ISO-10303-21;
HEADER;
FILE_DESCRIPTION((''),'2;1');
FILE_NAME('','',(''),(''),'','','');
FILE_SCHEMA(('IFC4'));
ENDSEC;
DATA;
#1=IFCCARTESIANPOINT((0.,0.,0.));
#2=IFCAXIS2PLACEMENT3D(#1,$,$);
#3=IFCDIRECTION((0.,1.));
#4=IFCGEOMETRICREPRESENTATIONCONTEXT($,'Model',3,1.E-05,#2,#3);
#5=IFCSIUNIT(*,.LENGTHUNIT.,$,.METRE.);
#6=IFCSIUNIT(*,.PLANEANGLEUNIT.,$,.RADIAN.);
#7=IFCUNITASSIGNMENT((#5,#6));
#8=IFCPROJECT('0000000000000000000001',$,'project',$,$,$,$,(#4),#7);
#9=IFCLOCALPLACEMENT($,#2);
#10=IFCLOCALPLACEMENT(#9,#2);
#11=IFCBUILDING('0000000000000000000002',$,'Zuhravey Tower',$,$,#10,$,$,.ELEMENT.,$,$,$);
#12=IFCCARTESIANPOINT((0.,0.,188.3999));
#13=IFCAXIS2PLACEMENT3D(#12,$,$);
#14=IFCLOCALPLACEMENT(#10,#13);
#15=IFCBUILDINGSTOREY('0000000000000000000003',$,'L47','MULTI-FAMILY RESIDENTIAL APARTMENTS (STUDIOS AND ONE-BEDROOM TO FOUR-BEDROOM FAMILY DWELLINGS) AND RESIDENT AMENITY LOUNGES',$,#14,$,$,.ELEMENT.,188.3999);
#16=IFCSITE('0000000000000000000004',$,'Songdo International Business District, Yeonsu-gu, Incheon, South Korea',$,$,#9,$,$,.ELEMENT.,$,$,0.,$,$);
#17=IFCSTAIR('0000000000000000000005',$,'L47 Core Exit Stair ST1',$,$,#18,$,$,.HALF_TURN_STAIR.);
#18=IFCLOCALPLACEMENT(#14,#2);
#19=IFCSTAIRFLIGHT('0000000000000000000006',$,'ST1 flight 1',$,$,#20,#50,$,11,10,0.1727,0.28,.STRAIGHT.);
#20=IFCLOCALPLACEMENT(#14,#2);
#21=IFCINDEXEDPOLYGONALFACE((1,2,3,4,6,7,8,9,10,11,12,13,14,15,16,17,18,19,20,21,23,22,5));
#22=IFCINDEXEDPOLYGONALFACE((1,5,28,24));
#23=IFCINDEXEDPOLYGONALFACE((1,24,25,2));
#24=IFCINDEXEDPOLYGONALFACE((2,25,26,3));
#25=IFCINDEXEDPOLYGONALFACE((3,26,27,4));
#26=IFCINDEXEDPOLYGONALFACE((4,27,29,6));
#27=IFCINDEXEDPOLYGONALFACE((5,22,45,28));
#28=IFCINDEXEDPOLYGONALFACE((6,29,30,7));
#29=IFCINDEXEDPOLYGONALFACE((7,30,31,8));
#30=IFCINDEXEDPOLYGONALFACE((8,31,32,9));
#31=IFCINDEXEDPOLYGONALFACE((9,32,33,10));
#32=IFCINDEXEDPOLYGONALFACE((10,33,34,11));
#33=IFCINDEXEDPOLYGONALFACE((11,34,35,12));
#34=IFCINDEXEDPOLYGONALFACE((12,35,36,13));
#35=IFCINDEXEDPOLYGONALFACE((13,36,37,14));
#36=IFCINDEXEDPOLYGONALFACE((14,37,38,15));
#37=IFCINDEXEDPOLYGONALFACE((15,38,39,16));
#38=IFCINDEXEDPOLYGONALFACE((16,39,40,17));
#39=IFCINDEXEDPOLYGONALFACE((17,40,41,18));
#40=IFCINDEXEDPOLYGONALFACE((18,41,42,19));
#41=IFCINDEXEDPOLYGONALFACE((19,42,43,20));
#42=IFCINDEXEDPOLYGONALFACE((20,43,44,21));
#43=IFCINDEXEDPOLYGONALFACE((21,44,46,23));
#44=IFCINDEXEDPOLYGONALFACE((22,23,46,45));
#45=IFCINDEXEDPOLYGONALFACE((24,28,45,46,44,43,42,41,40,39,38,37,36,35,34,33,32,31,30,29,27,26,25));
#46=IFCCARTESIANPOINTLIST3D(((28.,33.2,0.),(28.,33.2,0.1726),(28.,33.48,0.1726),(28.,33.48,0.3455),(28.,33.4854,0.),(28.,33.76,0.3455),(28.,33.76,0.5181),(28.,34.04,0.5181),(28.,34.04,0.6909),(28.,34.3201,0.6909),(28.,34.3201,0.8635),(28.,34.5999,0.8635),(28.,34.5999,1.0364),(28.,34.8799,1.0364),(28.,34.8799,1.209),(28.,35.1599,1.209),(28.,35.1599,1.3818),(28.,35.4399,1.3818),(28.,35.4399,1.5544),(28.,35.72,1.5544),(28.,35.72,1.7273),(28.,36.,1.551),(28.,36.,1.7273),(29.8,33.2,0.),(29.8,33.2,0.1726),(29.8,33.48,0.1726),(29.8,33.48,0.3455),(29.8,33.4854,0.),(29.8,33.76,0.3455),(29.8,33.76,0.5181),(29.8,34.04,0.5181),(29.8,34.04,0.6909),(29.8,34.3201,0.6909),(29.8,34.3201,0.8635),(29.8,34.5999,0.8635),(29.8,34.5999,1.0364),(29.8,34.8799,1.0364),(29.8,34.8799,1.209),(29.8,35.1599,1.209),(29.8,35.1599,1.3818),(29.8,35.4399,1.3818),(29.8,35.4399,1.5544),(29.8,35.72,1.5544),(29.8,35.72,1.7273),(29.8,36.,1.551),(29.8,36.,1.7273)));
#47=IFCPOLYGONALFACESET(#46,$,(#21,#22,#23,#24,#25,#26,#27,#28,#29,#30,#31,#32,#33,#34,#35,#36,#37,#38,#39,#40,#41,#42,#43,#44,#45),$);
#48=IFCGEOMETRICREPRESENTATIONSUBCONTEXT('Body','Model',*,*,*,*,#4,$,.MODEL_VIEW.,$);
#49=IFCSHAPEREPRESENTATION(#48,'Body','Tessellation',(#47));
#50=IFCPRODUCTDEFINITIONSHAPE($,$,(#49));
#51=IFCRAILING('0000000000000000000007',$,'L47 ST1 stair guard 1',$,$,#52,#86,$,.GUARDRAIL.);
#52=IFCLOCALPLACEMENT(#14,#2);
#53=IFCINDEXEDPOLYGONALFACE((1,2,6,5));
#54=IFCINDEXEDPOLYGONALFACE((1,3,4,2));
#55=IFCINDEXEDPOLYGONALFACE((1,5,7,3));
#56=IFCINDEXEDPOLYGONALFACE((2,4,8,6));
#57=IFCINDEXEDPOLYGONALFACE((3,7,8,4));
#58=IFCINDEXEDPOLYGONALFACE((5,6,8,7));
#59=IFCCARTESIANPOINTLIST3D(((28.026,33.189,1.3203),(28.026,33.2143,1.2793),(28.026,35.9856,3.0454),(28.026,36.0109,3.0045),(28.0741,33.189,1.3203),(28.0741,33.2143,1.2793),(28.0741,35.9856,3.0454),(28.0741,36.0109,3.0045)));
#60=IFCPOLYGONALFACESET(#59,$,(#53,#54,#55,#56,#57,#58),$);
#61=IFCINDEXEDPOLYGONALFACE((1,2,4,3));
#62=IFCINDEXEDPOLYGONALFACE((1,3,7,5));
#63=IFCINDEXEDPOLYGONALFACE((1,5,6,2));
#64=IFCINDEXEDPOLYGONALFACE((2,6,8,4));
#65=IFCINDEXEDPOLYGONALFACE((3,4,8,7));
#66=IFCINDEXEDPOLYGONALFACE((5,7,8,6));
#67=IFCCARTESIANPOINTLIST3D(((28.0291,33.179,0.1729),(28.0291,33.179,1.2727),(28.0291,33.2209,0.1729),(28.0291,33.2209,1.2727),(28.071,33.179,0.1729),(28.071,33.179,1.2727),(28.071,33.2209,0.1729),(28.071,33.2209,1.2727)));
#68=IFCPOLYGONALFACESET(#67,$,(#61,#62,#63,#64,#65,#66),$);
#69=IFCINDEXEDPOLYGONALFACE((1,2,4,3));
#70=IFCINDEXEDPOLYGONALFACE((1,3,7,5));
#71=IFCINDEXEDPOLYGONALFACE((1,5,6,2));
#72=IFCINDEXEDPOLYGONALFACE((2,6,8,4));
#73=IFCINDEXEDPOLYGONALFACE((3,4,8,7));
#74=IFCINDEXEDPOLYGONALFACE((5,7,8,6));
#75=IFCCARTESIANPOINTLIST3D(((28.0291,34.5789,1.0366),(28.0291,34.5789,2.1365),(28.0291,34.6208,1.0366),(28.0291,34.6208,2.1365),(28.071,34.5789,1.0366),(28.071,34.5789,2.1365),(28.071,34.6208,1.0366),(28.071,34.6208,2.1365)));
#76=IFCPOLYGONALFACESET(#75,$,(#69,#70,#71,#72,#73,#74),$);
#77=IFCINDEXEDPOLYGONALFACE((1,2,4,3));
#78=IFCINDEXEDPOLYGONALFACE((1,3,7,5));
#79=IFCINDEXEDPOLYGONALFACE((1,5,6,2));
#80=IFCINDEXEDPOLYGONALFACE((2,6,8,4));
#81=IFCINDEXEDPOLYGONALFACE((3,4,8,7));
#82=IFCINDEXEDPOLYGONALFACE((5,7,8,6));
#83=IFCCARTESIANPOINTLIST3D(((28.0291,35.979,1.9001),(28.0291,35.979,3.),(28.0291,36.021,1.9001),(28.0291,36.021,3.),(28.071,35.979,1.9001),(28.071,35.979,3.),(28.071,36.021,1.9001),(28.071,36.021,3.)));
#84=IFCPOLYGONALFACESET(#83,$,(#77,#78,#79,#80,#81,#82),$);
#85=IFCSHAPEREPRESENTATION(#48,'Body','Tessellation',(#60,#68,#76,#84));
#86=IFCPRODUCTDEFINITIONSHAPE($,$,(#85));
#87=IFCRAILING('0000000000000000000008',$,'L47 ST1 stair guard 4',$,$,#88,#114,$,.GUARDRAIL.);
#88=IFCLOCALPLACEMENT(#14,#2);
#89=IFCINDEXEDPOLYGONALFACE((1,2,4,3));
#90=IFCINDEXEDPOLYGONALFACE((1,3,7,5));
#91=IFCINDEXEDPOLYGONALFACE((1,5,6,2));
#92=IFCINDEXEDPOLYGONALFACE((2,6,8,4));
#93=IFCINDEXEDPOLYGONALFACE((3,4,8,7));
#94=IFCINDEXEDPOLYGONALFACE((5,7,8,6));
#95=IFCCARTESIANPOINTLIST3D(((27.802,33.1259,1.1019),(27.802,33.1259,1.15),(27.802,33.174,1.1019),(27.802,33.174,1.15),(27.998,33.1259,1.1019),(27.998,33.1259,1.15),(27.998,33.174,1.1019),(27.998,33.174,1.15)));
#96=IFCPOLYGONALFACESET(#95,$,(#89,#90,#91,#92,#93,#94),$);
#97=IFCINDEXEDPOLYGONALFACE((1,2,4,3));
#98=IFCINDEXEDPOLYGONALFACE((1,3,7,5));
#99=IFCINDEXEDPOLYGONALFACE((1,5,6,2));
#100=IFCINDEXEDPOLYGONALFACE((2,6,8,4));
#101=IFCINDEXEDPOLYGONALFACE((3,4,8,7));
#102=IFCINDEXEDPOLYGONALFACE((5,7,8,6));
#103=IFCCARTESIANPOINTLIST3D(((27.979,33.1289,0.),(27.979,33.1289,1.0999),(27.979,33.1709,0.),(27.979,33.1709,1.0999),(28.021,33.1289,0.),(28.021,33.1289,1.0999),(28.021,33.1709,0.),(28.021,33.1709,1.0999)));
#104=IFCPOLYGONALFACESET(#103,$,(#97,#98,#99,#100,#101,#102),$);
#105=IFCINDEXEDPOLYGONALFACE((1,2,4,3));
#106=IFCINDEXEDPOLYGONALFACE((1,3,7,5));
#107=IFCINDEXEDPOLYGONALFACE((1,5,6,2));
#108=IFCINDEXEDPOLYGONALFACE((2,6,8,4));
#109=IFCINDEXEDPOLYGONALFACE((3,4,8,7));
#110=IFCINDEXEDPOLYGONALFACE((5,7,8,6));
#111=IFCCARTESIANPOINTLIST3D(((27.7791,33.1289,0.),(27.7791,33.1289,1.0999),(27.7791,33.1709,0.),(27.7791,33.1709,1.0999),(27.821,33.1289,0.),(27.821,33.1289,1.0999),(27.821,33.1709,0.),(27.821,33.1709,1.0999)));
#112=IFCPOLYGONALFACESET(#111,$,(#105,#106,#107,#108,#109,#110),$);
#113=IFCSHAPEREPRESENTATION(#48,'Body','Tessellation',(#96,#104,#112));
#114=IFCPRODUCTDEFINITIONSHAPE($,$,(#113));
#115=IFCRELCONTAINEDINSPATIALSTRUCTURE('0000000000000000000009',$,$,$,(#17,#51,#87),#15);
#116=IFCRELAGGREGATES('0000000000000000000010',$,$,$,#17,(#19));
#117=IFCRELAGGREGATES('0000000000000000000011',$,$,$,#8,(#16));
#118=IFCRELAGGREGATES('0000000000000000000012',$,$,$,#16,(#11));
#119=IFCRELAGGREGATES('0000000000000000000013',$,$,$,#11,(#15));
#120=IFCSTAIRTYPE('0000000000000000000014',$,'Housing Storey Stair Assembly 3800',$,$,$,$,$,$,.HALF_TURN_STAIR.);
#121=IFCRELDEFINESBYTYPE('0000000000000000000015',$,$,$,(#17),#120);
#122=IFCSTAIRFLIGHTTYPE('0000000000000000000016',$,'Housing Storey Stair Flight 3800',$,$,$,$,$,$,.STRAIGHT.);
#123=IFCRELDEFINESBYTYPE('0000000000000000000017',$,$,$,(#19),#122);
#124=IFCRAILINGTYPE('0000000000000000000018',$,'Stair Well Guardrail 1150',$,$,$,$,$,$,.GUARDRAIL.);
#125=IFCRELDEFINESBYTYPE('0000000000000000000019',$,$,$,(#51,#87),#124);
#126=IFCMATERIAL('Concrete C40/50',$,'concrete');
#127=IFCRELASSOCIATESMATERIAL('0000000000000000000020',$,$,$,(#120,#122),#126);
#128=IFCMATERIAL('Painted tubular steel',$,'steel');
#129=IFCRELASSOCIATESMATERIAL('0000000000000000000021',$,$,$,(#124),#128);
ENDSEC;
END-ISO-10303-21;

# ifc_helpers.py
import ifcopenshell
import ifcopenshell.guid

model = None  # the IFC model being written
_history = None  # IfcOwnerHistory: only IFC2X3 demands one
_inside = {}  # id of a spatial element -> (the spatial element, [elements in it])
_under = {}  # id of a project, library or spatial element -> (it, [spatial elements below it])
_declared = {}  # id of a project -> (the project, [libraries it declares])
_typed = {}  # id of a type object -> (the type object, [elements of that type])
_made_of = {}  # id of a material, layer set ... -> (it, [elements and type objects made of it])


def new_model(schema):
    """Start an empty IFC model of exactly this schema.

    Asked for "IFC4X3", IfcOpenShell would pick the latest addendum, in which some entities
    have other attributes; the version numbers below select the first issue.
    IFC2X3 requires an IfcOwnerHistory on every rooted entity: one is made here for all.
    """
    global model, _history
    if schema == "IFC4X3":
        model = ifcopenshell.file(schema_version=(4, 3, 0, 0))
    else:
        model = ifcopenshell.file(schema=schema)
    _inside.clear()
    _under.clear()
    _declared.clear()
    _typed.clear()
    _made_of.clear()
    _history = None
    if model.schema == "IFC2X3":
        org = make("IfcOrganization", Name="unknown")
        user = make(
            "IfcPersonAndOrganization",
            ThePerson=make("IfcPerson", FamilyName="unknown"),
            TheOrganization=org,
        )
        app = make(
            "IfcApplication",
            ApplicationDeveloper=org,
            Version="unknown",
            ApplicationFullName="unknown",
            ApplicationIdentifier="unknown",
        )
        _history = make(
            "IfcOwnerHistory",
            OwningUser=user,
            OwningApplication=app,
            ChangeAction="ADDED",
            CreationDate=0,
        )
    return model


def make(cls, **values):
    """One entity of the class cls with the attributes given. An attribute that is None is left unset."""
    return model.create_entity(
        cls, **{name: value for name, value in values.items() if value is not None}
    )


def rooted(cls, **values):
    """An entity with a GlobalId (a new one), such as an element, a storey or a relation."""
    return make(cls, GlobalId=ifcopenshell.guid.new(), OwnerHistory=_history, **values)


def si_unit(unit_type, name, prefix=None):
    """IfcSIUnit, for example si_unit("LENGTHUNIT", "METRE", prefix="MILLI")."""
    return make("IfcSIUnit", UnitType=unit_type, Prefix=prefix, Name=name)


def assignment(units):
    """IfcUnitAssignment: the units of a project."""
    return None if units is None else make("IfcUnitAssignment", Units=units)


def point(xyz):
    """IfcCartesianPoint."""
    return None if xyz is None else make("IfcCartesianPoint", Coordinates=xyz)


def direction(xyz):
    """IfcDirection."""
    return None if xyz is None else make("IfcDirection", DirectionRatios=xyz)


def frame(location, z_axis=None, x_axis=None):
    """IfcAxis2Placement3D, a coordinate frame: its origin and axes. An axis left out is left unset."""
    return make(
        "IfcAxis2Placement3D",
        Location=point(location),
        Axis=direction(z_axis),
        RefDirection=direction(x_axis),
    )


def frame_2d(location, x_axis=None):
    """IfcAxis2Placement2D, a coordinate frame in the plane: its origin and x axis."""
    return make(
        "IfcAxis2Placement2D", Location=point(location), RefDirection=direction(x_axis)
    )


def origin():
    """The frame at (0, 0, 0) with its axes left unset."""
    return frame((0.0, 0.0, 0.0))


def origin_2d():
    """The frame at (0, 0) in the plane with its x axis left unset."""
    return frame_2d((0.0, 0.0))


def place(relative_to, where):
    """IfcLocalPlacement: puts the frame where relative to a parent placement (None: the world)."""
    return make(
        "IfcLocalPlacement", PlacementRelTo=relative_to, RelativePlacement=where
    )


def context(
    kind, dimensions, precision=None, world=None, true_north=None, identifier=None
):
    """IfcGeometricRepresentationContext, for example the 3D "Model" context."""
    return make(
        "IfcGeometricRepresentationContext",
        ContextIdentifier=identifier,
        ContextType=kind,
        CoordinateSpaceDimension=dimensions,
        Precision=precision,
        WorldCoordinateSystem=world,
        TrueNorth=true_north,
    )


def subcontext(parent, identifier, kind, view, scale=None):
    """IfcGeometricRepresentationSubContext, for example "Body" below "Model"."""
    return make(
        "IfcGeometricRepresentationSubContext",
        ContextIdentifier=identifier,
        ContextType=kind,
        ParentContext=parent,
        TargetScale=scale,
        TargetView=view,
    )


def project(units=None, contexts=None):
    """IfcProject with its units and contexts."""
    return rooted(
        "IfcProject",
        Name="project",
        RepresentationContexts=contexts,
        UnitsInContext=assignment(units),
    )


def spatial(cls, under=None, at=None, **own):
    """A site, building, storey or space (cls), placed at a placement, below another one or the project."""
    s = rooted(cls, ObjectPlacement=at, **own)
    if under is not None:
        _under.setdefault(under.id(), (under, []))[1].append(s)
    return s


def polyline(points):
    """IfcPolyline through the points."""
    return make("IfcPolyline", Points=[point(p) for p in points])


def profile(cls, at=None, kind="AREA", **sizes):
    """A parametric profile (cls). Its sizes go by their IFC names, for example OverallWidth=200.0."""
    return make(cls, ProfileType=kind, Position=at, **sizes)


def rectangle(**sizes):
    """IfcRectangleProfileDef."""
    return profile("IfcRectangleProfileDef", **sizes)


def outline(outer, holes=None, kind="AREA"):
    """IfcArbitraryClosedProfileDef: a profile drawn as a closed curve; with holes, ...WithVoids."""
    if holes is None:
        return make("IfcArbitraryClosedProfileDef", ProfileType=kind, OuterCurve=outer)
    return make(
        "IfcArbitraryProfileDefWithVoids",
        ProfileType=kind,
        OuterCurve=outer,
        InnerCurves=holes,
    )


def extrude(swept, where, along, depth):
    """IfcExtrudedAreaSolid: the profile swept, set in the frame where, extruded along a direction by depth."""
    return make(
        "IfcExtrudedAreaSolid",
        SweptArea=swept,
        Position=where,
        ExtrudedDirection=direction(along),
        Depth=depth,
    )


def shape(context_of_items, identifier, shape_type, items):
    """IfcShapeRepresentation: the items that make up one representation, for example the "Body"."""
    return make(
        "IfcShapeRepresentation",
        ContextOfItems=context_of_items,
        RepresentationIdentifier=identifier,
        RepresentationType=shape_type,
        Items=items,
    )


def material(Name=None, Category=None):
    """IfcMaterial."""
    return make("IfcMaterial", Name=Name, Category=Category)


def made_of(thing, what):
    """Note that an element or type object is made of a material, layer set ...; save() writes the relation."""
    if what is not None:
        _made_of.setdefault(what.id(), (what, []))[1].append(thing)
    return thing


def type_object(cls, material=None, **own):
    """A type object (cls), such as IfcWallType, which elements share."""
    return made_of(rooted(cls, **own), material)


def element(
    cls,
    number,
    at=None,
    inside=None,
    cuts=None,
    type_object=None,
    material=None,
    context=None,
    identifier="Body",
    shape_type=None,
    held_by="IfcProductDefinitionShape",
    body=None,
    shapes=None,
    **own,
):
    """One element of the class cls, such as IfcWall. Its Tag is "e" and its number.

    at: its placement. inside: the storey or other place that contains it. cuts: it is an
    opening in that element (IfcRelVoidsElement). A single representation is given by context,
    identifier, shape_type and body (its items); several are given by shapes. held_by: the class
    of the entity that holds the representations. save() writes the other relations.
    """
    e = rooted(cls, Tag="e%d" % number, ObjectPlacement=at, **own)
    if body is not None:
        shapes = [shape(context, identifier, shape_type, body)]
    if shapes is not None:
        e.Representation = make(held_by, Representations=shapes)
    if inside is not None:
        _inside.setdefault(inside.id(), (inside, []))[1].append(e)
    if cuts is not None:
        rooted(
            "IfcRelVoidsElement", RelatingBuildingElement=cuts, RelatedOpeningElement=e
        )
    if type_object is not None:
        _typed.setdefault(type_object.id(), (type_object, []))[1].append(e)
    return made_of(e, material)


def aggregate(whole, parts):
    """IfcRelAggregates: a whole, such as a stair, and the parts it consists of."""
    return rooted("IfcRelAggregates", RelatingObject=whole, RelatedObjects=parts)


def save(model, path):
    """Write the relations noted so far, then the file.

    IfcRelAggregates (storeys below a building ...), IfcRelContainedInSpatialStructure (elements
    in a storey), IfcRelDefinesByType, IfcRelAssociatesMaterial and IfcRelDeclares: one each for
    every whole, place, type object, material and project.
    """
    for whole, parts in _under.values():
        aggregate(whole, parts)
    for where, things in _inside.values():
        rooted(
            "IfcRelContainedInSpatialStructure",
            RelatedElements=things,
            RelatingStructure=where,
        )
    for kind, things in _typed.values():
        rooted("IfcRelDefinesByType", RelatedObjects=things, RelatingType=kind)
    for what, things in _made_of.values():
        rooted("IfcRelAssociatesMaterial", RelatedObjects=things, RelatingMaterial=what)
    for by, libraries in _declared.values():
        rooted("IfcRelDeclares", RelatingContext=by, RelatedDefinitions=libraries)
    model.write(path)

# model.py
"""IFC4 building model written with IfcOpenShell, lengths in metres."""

from ifc_helpers import new_model, si_unit, direction, frame, origin, origin_2d, place, context, subcontext, project, spatial, polyline, rectangle, outline, extrude, material, type_object, element, aggregate, save


model = new_model("IFC4")

# Units and contexts
model_context = context("Model", 3, precision=1e-05, world=origin(), true_north=direction((0.0, 1.0)))
body_context = subcontext(model_context, "Body", "Model", "MODEL_VIEW")
ifc_project = project(units=[si_unit("LENGTHUNIT", "METRE"), si_unit("PLANEANGLEUNIT", "RADIAN")], contexts=[model_context])

# Site, building, storey
site_placement = place(None, origin())
site = spatial("IfcSite", under=ifc_project, at=site_placement, Name="Songdo International Business District, Yeonsu-gu, Incheon, South Korea", CompositionType="ELEMENT", RefElevation=0.0)
building_placement = place(site_placement, origin())
building = spatial("IfcBuilding", under=site, at=building_placement, Name="Zuhravey Tower", CompositionType="ELEMENT")
storey_placement = place(building_placement, frame((0.0, 0.0, 188.3999)))
storey = spatial("IfcBuildingStorey", under=building, at=storey_placement, Name="L47", Description="MULTI-FAMILY RESIDENTIAL APARTMENTS (STUDIOS AND ONE-BEDROOM TO FOUR-BEDROOM FAMILY DWELLINGS) AND RESIDENT AMENITY LOUNGES", CompositionType="ELEMENT", Elevation=188.3999)

# Stair, stair flight
ifc_material_1 = material(Name="Concrete C40/50", Category="concrete")
stair_type = type_object("IfcStairType", Name="Housing Storey Stair Assembly 3800", PredefinedType="HALF_TURN_STAIR", material=ifc_material_1)
stair_placement = place(storey_placement, origin())
stair = element("IfcStair", 1, at=stair_placement, inside=storey, type_object=stair_type, Name="L47 Core Exit Stair ST1", PredefinedType="HALF_TURN_STAIR")
stair_flight_type = type_object("IfcStairFlightType", Name="Housing Storey Stair Flight 3800", PredefinedType="STRAIGHT", material=ifc_material_1)
stair_flight_placement = place(storey_placement, frame((28.8999, 33.2, 0.0), z_axis=(0.0, 0.0, 1.0), x_axis=(0.0, 1.0, 0.0)))
stair_flight = element("IfcStairFlight", 2, at=stair_flight_placement, type_object=stair_flight_type, Name="ST1 flight 1", NumberOfRisers=11, NumberOfTreads=10, PredefinedType="STRAIGHT", RiserHeight=0.1727, TreadLength=0.28, context=body_context, shape_type="SweptSolid", body=[
    extrude(outline(polyline([(0.0, 0.0), (0.0, 0.1726), (0.28, 0.1726), (0.28, 0.3455), (0.5601, 0.3455), (0.5601, 0.5181), (0.8401, 0.5181), (0.8401, 0.6909), (1.1201, 0.6909), (1.1201, 0.8635), (1.3999, 0.8635), (1.3999, 1.0364), (1.6799, 1.0364), (1.6799, 1.209), (1.96, 1.209), (1.96, 1.3818), (2.24, 1.3818), (2.24, 1.5544), (2.52, 1.5544), (2.52, 1.7273), (2.8, 1.7273), (2.8, 1.8999), (2.8, 1.551), (0.2854, 0.0), (0.0, 0.0)])), frame((0.0, 0.8999, 0.0), z_axis=(0.0, -1.0, 0.0), x_axis=(1.0, 0.0, 0.0)), (0.0, 0.0, 1.0), 1.8),
])
aggregate(stair, [stair_flight])

# Railings
ifc_material_2 = material(Name="Painted tubular steel", Category="steel")
railing_type = type_object("IfcRailingType", Name="Stair Well Guardrail 1150", PredefinedType="GUARDRAIL", material=ifc_material_2)
railing_1_placement = place(storey_placement, frame((28.05, 33.2, 0.1729)))
element("IfcRailing", 3, at=railing_1_placement, inside=storey, type_object=railing_type, Name="L47 ST1 stair guard 1", PredefinedType="GUARDRAIL", context=body_context, shape_type="SweptSolid", body=[
    extrude(rectangle(XDim=0.0481, YDim=0.0481, at=origin_2d()), frame((0.0, 0.0017, 1.127), z_axis=(0.0, 0.85109, 0.52502), x_axis=(-1.0, 0.0, 0.0)), (0.0, 0.0, 1.0), 3.2859),
    extrude(rectangle(XDim=0.042, YDim=0.042, at=origin_2d()), origin(), (0.0, 0.0, 1.0), 1.0999),
    extrude(rectangle(XDim=0.042, YDim=0.042, at=origin_2d()), frame((0.0, 1.3999, 0.8638)), (0.0, 0.0, 1.0), 1.0999),
    extrude(rectangle(XDim=0.042, YDim=0.042, at=origin_2d()), frame((0.0, 2.8, 1.7273)), (0.0, 0.0, 1.0), 1.0999),
])
railing_2_placement = place(storey_placement, frame((28.0, 33.1499, 0.0)))
element("IfcRailing", 4, at=railing_2_placement, inside=storey, type_object=railing_type, Name="L47 ST1 stair guard 4", PredefinedType="GUARDRAIL", context=body_context, shape_type="SweptSolid", body=[
    extrude(rectangle(XDim=0.0481, YDim=0.0481, at=origin_2d()), frame((-0.002, 0.0, 1.126), z_axis=(-1.0, 0.0, 0.0), x_axis=(0.0, -1.0, 0.0)), (0.0, 0.0, 1.0), 0.196),
    extrude(rectangle(XDim=0.042, YDim=0.042, at=origin_2d()), origin(), (0.0, 0.0, 1.0), 1.0999),
    extrude(rectangle(XDim=0.042, YDim=0.042, at=origin_2d()), frame((-0.2, 0.0, 0.0)), (0.0, 0.0, 1.0), 1.0999),
])

save(model, "model.ifc")
